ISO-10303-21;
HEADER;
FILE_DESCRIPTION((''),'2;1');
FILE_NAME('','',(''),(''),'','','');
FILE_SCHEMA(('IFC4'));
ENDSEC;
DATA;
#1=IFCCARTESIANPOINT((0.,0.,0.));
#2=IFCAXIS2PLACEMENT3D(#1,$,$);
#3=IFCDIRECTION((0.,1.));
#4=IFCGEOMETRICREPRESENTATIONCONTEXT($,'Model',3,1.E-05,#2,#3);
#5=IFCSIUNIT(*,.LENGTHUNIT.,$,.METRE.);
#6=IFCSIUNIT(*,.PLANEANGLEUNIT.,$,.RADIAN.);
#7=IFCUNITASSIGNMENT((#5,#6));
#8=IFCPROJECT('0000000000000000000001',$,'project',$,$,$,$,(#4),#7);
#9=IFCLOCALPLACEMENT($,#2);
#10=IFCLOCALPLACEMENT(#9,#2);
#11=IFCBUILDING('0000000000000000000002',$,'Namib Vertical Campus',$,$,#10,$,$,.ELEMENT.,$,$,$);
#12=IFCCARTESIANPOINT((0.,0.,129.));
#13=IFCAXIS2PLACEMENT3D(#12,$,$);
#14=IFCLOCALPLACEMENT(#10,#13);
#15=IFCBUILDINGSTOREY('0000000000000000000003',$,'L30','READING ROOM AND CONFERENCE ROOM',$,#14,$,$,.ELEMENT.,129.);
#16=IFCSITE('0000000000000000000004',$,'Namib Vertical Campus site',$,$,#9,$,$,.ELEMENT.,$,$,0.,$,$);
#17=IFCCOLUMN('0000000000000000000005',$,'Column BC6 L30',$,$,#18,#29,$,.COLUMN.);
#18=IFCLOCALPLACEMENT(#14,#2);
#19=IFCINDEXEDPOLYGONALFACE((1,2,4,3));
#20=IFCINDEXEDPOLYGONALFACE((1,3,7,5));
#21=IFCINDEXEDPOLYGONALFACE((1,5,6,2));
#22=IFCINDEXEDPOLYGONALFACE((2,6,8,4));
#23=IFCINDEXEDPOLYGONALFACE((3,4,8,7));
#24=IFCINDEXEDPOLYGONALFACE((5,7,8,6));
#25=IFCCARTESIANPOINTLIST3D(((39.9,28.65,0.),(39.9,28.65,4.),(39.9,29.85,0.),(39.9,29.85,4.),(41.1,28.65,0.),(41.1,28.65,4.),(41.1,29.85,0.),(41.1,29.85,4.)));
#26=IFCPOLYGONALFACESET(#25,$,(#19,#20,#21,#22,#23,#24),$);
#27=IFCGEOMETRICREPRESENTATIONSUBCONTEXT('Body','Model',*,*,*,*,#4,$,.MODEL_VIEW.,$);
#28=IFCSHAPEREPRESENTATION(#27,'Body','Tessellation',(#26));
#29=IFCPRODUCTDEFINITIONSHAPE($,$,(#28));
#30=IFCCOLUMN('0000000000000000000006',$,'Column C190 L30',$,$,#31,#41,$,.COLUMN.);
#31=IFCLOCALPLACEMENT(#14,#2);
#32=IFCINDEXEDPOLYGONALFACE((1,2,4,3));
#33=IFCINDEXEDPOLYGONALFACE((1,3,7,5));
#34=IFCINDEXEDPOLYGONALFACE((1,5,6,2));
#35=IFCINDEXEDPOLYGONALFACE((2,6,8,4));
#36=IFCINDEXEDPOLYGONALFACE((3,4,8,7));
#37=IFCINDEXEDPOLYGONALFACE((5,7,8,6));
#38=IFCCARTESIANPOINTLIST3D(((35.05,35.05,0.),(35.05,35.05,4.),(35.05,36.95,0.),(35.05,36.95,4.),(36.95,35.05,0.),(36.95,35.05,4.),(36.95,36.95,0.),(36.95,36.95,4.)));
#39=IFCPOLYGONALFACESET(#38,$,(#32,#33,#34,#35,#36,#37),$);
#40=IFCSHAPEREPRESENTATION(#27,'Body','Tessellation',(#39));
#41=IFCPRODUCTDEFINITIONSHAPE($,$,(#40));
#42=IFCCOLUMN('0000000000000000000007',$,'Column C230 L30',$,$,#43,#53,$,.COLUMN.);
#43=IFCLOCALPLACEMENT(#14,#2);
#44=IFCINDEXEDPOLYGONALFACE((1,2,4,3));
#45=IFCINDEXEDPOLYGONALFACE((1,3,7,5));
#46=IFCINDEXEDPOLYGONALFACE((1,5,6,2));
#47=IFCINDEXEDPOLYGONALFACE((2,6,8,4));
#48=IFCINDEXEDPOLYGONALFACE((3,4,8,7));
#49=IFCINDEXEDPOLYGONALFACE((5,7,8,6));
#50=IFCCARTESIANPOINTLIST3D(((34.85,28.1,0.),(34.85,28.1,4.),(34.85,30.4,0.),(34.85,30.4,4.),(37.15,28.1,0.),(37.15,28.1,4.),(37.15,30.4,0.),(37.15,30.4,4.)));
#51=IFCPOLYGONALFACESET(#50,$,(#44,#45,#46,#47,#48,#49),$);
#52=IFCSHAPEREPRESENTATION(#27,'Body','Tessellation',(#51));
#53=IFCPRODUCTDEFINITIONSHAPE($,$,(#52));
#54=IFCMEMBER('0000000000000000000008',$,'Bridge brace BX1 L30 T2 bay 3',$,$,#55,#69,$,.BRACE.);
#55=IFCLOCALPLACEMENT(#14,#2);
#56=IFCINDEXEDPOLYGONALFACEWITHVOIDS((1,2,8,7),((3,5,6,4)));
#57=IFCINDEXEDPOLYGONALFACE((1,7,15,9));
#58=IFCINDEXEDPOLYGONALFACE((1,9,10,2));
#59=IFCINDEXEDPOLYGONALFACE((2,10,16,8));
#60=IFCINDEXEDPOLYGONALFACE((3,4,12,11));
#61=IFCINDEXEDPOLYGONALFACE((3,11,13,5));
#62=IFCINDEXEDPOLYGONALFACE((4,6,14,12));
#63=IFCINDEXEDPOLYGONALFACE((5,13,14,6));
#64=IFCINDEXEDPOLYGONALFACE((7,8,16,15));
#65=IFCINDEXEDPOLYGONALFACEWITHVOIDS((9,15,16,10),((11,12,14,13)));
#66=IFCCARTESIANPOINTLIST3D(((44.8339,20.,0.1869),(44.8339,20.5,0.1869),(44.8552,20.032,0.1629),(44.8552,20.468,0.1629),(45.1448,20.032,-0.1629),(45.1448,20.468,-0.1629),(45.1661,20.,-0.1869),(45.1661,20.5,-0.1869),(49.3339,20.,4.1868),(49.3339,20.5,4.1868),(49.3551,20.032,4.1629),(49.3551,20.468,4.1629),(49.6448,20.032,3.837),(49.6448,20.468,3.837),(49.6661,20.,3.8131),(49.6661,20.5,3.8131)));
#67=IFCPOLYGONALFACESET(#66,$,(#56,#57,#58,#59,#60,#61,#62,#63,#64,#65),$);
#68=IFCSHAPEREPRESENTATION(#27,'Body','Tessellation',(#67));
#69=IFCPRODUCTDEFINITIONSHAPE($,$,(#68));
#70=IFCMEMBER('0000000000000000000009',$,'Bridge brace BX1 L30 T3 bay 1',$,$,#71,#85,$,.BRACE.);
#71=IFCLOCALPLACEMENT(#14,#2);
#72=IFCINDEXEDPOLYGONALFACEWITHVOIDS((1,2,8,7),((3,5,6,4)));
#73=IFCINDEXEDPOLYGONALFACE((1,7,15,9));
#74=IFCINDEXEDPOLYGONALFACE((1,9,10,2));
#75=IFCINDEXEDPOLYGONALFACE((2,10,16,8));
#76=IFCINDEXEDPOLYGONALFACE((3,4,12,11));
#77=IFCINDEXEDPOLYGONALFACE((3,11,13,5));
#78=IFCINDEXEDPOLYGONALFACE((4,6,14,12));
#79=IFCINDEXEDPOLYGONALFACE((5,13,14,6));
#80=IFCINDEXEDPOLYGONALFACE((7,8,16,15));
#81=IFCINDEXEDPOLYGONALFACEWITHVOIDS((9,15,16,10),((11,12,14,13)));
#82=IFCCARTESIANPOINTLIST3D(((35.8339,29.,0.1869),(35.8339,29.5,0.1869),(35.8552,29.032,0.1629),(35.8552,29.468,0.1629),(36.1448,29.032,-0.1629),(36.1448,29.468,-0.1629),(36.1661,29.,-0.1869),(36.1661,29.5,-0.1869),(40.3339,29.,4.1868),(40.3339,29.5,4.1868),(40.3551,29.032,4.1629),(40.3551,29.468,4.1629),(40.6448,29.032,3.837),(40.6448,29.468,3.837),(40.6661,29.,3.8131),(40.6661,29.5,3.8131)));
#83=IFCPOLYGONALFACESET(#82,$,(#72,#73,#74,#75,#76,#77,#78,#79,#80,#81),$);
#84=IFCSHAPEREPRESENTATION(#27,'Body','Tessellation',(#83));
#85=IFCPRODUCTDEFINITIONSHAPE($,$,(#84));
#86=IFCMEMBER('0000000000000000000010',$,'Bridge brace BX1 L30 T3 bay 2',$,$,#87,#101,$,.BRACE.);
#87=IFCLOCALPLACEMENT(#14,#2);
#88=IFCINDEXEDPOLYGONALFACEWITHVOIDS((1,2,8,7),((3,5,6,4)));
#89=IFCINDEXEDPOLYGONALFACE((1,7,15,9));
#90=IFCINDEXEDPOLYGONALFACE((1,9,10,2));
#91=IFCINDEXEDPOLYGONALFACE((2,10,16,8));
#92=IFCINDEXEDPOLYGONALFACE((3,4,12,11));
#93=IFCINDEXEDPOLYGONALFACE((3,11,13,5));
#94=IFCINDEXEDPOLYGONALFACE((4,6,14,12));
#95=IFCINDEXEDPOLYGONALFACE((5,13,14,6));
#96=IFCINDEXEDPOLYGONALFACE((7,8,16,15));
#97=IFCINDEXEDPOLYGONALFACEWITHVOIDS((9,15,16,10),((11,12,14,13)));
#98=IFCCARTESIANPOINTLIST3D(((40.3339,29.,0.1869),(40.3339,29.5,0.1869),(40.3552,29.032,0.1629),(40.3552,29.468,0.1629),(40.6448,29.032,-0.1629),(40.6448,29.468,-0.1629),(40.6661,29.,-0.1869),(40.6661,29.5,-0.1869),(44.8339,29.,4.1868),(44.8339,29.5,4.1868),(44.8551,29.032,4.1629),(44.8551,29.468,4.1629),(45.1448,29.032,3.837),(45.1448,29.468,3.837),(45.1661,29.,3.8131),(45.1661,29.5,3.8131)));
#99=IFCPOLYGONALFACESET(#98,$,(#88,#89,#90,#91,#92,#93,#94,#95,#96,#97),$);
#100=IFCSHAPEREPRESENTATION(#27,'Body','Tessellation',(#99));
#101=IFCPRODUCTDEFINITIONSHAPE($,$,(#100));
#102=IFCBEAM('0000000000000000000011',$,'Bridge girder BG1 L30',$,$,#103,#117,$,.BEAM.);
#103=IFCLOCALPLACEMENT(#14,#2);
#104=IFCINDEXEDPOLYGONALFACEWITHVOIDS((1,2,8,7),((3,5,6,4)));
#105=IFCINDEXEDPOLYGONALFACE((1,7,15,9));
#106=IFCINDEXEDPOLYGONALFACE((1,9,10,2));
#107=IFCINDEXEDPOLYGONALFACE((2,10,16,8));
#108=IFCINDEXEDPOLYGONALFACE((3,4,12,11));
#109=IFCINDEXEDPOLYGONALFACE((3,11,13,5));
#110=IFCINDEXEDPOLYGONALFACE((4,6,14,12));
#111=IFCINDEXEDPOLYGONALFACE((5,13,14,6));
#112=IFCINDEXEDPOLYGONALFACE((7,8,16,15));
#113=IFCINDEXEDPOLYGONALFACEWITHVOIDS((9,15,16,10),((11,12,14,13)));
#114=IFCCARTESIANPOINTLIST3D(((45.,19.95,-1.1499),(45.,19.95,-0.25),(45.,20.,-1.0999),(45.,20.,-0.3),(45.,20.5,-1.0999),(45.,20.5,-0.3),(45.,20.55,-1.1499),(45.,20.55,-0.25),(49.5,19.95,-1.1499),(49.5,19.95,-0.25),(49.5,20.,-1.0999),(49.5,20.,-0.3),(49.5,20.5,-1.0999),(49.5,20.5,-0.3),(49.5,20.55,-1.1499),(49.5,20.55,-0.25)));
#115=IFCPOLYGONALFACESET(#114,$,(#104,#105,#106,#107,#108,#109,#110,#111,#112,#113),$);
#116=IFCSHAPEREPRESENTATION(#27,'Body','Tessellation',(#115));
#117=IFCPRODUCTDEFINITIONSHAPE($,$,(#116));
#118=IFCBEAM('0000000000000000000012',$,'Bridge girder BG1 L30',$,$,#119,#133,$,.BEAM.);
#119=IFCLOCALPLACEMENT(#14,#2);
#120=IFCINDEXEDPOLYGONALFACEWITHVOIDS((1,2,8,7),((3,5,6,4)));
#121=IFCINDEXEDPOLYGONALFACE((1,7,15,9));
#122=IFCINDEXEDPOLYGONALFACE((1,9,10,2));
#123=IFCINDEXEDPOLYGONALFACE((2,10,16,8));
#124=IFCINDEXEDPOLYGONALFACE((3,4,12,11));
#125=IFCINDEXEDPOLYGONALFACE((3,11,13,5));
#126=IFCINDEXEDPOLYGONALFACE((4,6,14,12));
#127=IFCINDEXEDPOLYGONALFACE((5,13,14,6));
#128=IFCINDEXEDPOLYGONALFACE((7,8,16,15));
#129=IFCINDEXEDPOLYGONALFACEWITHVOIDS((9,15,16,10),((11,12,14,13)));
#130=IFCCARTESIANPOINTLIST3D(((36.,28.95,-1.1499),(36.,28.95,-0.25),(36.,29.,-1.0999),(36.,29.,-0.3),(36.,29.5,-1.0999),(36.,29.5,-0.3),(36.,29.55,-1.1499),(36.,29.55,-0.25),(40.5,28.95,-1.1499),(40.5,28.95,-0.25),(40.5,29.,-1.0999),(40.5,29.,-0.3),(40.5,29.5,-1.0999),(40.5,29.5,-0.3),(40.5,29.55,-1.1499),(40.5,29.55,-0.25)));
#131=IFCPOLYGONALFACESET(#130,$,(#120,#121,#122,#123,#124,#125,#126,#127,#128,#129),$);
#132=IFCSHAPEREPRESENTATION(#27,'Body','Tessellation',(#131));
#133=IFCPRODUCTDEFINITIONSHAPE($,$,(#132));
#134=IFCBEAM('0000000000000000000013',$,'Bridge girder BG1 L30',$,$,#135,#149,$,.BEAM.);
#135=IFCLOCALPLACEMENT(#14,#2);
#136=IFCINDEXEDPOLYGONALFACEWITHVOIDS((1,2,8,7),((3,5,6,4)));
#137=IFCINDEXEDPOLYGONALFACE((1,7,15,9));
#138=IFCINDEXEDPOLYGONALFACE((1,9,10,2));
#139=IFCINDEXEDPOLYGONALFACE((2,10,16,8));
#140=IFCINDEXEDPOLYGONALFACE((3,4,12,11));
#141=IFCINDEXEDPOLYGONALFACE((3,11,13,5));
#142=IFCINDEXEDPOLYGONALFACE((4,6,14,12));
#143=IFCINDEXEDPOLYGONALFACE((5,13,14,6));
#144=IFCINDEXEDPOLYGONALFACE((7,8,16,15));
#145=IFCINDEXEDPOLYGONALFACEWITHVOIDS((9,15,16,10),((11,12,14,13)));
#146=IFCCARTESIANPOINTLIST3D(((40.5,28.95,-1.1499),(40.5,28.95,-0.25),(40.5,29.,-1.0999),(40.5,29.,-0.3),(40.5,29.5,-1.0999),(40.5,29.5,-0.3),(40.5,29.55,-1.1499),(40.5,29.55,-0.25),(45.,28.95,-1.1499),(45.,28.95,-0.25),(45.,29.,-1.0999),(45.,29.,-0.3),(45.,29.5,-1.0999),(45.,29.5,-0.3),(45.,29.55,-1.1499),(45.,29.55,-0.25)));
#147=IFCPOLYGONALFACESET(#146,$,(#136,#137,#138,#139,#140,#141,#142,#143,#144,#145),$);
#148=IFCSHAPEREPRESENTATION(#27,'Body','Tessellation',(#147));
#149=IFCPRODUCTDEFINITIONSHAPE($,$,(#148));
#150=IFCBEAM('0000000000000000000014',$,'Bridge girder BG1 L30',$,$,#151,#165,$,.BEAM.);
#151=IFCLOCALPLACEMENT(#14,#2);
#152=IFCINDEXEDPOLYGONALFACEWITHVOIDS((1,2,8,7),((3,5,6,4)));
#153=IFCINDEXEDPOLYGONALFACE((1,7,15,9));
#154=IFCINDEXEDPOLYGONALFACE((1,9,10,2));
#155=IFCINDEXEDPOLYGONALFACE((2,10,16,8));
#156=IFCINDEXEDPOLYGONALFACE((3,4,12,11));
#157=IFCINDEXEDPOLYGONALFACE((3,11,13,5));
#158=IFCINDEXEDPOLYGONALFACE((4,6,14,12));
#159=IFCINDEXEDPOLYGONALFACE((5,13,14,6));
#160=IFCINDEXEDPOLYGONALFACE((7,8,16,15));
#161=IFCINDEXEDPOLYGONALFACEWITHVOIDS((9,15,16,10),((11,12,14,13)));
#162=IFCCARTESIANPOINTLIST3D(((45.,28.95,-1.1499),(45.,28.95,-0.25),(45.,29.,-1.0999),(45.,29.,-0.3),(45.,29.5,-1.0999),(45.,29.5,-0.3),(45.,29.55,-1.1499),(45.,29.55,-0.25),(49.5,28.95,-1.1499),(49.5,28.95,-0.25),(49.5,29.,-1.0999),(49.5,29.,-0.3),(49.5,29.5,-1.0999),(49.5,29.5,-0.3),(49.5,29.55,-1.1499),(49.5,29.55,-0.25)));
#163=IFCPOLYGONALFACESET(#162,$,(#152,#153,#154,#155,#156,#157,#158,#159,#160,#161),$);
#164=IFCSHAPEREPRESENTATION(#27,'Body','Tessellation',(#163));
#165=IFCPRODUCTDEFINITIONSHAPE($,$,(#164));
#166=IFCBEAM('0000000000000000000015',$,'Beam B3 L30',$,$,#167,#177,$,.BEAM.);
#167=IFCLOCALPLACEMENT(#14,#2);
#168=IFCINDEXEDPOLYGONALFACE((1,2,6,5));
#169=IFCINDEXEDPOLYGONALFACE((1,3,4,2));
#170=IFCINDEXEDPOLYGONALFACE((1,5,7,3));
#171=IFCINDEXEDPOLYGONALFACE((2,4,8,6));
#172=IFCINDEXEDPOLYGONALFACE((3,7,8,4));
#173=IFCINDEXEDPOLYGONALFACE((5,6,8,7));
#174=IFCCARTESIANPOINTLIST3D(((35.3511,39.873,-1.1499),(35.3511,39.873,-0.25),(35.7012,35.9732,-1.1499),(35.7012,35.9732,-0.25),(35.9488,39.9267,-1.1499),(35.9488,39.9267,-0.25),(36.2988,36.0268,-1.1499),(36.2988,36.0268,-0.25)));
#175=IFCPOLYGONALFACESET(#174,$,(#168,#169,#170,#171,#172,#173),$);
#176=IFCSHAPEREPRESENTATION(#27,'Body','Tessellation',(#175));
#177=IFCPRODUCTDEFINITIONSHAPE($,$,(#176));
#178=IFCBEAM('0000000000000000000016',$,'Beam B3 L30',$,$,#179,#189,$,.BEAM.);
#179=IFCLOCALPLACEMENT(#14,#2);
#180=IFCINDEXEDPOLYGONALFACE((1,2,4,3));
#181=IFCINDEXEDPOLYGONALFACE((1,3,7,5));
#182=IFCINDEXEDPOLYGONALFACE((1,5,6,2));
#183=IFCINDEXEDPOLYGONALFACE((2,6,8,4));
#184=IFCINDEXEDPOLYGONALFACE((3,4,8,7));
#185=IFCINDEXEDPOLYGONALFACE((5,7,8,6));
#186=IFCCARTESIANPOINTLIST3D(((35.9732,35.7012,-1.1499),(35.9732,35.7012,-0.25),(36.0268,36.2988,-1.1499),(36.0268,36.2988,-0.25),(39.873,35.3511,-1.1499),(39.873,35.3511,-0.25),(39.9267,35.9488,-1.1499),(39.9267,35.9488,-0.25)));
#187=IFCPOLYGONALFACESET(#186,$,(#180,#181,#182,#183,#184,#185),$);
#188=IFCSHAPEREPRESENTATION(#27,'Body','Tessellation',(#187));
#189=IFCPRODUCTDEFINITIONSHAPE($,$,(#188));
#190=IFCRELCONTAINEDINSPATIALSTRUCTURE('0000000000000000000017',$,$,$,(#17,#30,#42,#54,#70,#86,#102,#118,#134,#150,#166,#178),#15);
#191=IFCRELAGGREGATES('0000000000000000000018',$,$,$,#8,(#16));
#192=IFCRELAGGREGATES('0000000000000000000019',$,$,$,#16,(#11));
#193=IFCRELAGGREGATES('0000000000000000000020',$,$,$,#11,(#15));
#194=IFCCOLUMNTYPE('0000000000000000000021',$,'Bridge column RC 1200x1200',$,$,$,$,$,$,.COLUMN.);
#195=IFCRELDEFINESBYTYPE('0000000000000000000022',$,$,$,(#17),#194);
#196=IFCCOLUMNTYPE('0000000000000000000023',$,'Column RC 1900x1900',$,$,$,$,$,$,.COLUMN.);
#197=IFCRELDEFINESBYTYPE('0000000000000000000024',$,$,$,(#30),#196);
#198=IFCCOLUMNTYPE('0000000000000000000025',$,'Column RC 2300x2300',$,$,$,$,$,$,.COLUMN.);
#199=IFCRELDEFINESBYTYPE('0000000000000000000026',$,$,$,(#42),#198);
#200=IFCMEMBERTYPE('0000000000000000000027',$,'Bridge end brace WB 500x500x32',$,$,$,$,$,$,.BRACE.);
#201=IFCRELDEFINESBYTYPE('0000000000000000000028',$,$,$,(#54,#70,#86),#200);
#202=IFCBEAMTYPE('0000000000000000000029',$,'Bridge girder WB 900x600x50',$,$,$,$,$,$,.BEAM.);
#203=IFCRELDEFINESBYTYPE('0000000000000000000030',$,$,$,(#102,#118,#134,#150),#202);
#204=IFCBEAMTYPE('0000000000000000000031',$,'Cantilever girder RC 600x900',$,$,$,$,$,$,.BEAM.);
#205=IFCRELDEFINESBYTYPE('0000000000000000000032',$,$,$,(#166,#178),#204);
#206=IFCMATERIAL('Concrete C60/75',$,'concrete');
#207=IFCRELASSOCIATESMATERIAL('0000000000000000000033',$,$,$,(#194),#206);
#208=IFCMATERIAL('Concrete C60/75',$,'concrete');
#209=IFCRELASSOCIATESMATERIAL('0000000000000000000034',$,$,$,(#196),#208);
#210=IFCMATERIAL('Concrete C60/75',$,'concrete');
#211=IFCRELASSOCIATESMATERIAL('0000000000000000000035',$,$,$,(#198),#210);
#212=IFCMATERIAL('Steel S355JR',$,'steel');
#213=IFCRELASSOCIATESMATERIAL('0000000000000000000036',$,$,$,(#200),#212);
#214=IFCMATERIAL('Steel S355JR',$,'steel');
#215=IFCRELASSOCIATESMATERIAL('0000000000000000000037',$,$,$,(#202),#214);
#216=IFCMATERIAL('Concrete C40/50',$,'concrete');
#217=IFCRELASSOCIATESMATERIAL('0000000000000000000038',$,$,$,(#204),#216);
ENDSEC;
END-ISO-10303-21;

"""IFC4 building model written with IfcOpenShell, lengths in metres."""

from ifc_helpers import new_model, si_unit, direction, frame, origin, origin_2d, place, context, subcontext, project, spatial, rectangle, hollow_rectangle, extrude, material, material_profile, profile_set, type_object, element, save


model = new_model("IFC4")

# Units and contexts
model_context = context("Model", 3, precision=1e-05, world=origin(), true_north=direction((0.0, 1.0)))
body_context = subcontext(model_context, "Body", "Model", "MODEL_VIEW")
ifc_project = project(units=[si_unit("LENGTHUNIT", "METRE"), si_unit("PLANEANGLEUNIT", "RADIAN")], contexts=[model_context])

# Site, building, storey
site_placement = place(None, origin())
site = spatial("IfcSite", under=ifc_project, at=site_placement, Name="Namib Vertical Campus site", CompositionType="ELEMENT", RefElevation=0.0)
building_placement = place(site_placement, origin())
building = spatial("IfcBuilding", under=site, at=building_placement, Name="Namib Vertical Campus", CompositionType="ELEMENT")
storey_placement = place(building_placement, frame((0.0, 0.0, 129.0)))
storey = spatial("IfcBuildingStorey", under=building, at=storey_placement, Name="L30", Description="READING ROOM AND CONFERENCE ROOM", CompositionType="ELEMENT", Elevation=129.0)

# Columns
ifc_material_1 = material(Name="Concrete C60/75", Category="concrete")
ifc_material_profile_1 = material_profile(ifc_material_1, rectangle(XDim=1.2, YDim=1.2, at=origin_2d()))
ifc_profile_set_1 = profile_set([ifc_material_profile_1], Name="Concrete C60/75")
column_type_1 = type_object("IfcColumnType", Name="Bridge column RC 1200x1200", PredefinedType="COLUMN", material=ifc_profile_set_1)
column_1_placement = place(storey_placement, frame((40.5, 29.25, 0.0), z_axis=(0.0, 0.0, 1.0), x_axis=(1.0, 0.0, 0.0)))
element("IfcColumn", 1, at=column_1_placement, inside=storey, type_object=column_type_1, Name="Column BC6 L30", PredefinedType="COLUMN", context=body_context, shape_type="SweptSolid", body=[
    extrude(rectangle(XDim=1.2, YDim=1.2, at=origin_2d()), origin(), (0.0, 0.0, 1.0), 4.0),
])
ifc_material_2 = material(Name="Concrete C60/75", Category="concrete")
ifc_material_profile_2 = material_profile(ifc_material_2, rectangle(XDim=1.8999, YDim=1.8999, at=origin_2d()))
ifc_profile_set_2 = profile_set([ifc_material_profile_2], Name="Concrete C60/75")
column_type_2 = type_object("IfcColumnType", Name="Column RC 1900x1900", PredefinedType="COLUMN", material=ifc_profile_set_2)
column_2_placement = place(storey_placement, frame((36.0, 36.0, 0.0), z_axis=(0.0, 0.0, 1.0), x_axis=(1.0, 0.0, 0.0)))
element("IfcColumn", 2, at=column_2_placement, inside=storey, type_object=column_type_2, Name="Column C190 L30", PredefinedType="COLUMN", context=body_context, shape_type="SweptSolid", body=[
    extrude(rectangle(XDim=1.8999, YDim=1.8999, at=origin_2d()), origin(), (0.0, 0.0, 1.0), 4.0),
])
ifc_material_3 = material(Name="Concrete C60/75", Category="concrete")
ifc_material_profile_3 = material_profile(ifc_material_3, rectangle(XDim=2.3, YDim=2.3, at=origin_2d()))
ifc_profile_set_3 = profile_set([ifc_material_profile_3], Name="Concrete C60/75")
column_type_3 = type_object("IfcColumnType", Name="Column RC 2300x2300", PredefinedType="COLUMN", material=ifc_profile_set_3)
column_3_placement = place(storey_placement, frame((36.0, 29.25, 0.0), z_axis=(0.0, 0.0, 1.0), x_axis=(1.0, 0.0, 0.0)))
element("IfcColumn", 3, at=column_3_placement, inside=storey, type_object=column_type_3, Name="Column C230 L30", PredefinedType="COLUMN", context=body_context, shape_type="SweptSolid", body=[
    extrude(rectangle(XDim=2.3, YDim=2.3, at=origin_2d()), origin(), (0.0, 0.0, 1.0), 4.0),
])

# Members
ifc_material_4 = material(Name="Steel S355JR", Category="steel")
ifc_material_profile_4 = material_profile(ifc_material_4, hollow_rectangle(XDim=0.5, YDim=0.5, WallThickness=0.032, at=origin_2d()))
ifc_profile_set_4 = profile_set([ifc_material_profile_4], Name="Steel S355JR")
member_type_1 = type_object("IfcMemberType", Name="Bridge end brace WB 500x500x32", PredefinedType="BRACE", material=ifc_profile_set_4)
for number, where, z_axis, x_axis, name in (
    (4, (45.0, 20.25, 0.0), (0.747409, 0.0, 0.664364), (0.0, 1.0, 0.0), "Bridge brace BX1 L30 T2 bay 3"),
    (5, (36.0, 29.25, 0.0), (0.747409, 0.0, 0.664364), (0.0, 1.0, 0.0), "Bridge brace BX1 L30 T3 bay 1"),
    (6, (40.5, 29.25, 0.0), (0.747409, 0.0, 0.664364), (0.0, 1.0, 0.0), "Bridge brace BX1 L30 T3 bay 2"),
):
    element("IfcMember", number, at=place(storey_placement, frame(where, z_axis=z_axis, x_axis=x_axis)), inside=storey, type_object=member_type_1, Name=name, PredefinedType="BRACE", context=body_context, shape_type="SweptSolid", body=[
        extrude(hollow_rectangle(XDim=0.5, YDim=0.5, WallThickness=0.032, at=origin_2d()), origin(), (0.0, 0.0, 1.0), 6.0208),
    ])

# Beams
ifc_material_5 = material(Name="Steel S355JR", Category="steel")
ifc_material_profile_5 = material_profile(ifc_material_5, hollow_rectangle(XDim=0.6001, YDim=0.8999, WallThickness=0.05, at=origin_2d()))
ifc_profile_set_5 = profile_set([ifc_material_profile_5], Name="Steel S355JR")
beam_type_1 = type_object("IfcBeamType", Name="Bridge girder WB 900x600x50", PredefinedType="BEAM", material=ifc_profile_set_5)
for number, where, z_axis, x_axis, name in (
    (7, (45.0, 20.25, -0.7), (1.0, 0.0, 0.0), (0.0, 1.0, 0.0), "Bridge girder BG1 L30"),
    (8, (36.0, 29.25, -0.7), (1.0, 0.0, 0.0), (0.0, 1.0, 0.0), "Bridge girder BG1 L30"),
    (9, (40.5, 29.25, -0.7), (1.0, 0.0, 0.0), (0.0, 1.0, 0.0), "Bridge girder BG1 L30"),
    (10, (45.0, 29.25, -0.7), (1.0, 0.0, 0.0), (0.0, 1.0, 0.0), "Bridge girder BG1 L30"),
):
    element("IfcBeam", number, at=place(storey_placement, frame(where, z_axis=z_axis, x_axis=x_axis)), inside=storey, type_object=beam_type_1, Name=name, PredefinedType="BEAM", context=body_context, shape_type="SweptSolid", body=[
        extrude(hollow_rectangle(XDim=0.6001, YDim=0.8999, WallThickness=0.05, at=origin_2d()), origin(), (0.0, 0.0, 1.0), 4.5),
    ])
ifc_material_6 = material(Name="Concrete C40/50", Category="concrete")
ifc_material_profile_6 = material_profile(ifc_material_6, rectangle(XDim=0.6001, YDim=0.8999, at=origin_2d()))
ifc_profile_set_6 = profile_set([ifc_material_profile_6], Name="Concrete C40/50")
beam_type_2 = type_object("IfcBeamType", Name="Cantilever girder RC 600x900", PredefinedType="BEAM", material=ifc_profile_set_6)
for number, where, z_axis, x_axis, name in (
    (11, (36.0, 36.0, -0.7), (-0.089411, 0.995995, 0.0), (-0.995995, -0.089411, 0.0), "Beam B3 L30"),
    (12, (36.0, 36.0, -0.7), (0.995995, -0.089411, 0.0), (0.089411, 0.995995, 0.0), "Beam B3 L30"),
):
    element("IfcBeam", number, at=place(storey_placement, frame(where, z_axis=z_axis, x_axis=x_axis)), inside=storey, type_object=beam_type_2, Name=name, PredefinedType="BEAM", context=body_context, shape_type="SweptSolid", body=[
        extrude(rectangle(XDim=0.6001, YDim=0.8999, at=origin_2d()), origin(), (0.0, 0.0, 1.0), 3.9155),
    ])

save(model, "model.ifc")
